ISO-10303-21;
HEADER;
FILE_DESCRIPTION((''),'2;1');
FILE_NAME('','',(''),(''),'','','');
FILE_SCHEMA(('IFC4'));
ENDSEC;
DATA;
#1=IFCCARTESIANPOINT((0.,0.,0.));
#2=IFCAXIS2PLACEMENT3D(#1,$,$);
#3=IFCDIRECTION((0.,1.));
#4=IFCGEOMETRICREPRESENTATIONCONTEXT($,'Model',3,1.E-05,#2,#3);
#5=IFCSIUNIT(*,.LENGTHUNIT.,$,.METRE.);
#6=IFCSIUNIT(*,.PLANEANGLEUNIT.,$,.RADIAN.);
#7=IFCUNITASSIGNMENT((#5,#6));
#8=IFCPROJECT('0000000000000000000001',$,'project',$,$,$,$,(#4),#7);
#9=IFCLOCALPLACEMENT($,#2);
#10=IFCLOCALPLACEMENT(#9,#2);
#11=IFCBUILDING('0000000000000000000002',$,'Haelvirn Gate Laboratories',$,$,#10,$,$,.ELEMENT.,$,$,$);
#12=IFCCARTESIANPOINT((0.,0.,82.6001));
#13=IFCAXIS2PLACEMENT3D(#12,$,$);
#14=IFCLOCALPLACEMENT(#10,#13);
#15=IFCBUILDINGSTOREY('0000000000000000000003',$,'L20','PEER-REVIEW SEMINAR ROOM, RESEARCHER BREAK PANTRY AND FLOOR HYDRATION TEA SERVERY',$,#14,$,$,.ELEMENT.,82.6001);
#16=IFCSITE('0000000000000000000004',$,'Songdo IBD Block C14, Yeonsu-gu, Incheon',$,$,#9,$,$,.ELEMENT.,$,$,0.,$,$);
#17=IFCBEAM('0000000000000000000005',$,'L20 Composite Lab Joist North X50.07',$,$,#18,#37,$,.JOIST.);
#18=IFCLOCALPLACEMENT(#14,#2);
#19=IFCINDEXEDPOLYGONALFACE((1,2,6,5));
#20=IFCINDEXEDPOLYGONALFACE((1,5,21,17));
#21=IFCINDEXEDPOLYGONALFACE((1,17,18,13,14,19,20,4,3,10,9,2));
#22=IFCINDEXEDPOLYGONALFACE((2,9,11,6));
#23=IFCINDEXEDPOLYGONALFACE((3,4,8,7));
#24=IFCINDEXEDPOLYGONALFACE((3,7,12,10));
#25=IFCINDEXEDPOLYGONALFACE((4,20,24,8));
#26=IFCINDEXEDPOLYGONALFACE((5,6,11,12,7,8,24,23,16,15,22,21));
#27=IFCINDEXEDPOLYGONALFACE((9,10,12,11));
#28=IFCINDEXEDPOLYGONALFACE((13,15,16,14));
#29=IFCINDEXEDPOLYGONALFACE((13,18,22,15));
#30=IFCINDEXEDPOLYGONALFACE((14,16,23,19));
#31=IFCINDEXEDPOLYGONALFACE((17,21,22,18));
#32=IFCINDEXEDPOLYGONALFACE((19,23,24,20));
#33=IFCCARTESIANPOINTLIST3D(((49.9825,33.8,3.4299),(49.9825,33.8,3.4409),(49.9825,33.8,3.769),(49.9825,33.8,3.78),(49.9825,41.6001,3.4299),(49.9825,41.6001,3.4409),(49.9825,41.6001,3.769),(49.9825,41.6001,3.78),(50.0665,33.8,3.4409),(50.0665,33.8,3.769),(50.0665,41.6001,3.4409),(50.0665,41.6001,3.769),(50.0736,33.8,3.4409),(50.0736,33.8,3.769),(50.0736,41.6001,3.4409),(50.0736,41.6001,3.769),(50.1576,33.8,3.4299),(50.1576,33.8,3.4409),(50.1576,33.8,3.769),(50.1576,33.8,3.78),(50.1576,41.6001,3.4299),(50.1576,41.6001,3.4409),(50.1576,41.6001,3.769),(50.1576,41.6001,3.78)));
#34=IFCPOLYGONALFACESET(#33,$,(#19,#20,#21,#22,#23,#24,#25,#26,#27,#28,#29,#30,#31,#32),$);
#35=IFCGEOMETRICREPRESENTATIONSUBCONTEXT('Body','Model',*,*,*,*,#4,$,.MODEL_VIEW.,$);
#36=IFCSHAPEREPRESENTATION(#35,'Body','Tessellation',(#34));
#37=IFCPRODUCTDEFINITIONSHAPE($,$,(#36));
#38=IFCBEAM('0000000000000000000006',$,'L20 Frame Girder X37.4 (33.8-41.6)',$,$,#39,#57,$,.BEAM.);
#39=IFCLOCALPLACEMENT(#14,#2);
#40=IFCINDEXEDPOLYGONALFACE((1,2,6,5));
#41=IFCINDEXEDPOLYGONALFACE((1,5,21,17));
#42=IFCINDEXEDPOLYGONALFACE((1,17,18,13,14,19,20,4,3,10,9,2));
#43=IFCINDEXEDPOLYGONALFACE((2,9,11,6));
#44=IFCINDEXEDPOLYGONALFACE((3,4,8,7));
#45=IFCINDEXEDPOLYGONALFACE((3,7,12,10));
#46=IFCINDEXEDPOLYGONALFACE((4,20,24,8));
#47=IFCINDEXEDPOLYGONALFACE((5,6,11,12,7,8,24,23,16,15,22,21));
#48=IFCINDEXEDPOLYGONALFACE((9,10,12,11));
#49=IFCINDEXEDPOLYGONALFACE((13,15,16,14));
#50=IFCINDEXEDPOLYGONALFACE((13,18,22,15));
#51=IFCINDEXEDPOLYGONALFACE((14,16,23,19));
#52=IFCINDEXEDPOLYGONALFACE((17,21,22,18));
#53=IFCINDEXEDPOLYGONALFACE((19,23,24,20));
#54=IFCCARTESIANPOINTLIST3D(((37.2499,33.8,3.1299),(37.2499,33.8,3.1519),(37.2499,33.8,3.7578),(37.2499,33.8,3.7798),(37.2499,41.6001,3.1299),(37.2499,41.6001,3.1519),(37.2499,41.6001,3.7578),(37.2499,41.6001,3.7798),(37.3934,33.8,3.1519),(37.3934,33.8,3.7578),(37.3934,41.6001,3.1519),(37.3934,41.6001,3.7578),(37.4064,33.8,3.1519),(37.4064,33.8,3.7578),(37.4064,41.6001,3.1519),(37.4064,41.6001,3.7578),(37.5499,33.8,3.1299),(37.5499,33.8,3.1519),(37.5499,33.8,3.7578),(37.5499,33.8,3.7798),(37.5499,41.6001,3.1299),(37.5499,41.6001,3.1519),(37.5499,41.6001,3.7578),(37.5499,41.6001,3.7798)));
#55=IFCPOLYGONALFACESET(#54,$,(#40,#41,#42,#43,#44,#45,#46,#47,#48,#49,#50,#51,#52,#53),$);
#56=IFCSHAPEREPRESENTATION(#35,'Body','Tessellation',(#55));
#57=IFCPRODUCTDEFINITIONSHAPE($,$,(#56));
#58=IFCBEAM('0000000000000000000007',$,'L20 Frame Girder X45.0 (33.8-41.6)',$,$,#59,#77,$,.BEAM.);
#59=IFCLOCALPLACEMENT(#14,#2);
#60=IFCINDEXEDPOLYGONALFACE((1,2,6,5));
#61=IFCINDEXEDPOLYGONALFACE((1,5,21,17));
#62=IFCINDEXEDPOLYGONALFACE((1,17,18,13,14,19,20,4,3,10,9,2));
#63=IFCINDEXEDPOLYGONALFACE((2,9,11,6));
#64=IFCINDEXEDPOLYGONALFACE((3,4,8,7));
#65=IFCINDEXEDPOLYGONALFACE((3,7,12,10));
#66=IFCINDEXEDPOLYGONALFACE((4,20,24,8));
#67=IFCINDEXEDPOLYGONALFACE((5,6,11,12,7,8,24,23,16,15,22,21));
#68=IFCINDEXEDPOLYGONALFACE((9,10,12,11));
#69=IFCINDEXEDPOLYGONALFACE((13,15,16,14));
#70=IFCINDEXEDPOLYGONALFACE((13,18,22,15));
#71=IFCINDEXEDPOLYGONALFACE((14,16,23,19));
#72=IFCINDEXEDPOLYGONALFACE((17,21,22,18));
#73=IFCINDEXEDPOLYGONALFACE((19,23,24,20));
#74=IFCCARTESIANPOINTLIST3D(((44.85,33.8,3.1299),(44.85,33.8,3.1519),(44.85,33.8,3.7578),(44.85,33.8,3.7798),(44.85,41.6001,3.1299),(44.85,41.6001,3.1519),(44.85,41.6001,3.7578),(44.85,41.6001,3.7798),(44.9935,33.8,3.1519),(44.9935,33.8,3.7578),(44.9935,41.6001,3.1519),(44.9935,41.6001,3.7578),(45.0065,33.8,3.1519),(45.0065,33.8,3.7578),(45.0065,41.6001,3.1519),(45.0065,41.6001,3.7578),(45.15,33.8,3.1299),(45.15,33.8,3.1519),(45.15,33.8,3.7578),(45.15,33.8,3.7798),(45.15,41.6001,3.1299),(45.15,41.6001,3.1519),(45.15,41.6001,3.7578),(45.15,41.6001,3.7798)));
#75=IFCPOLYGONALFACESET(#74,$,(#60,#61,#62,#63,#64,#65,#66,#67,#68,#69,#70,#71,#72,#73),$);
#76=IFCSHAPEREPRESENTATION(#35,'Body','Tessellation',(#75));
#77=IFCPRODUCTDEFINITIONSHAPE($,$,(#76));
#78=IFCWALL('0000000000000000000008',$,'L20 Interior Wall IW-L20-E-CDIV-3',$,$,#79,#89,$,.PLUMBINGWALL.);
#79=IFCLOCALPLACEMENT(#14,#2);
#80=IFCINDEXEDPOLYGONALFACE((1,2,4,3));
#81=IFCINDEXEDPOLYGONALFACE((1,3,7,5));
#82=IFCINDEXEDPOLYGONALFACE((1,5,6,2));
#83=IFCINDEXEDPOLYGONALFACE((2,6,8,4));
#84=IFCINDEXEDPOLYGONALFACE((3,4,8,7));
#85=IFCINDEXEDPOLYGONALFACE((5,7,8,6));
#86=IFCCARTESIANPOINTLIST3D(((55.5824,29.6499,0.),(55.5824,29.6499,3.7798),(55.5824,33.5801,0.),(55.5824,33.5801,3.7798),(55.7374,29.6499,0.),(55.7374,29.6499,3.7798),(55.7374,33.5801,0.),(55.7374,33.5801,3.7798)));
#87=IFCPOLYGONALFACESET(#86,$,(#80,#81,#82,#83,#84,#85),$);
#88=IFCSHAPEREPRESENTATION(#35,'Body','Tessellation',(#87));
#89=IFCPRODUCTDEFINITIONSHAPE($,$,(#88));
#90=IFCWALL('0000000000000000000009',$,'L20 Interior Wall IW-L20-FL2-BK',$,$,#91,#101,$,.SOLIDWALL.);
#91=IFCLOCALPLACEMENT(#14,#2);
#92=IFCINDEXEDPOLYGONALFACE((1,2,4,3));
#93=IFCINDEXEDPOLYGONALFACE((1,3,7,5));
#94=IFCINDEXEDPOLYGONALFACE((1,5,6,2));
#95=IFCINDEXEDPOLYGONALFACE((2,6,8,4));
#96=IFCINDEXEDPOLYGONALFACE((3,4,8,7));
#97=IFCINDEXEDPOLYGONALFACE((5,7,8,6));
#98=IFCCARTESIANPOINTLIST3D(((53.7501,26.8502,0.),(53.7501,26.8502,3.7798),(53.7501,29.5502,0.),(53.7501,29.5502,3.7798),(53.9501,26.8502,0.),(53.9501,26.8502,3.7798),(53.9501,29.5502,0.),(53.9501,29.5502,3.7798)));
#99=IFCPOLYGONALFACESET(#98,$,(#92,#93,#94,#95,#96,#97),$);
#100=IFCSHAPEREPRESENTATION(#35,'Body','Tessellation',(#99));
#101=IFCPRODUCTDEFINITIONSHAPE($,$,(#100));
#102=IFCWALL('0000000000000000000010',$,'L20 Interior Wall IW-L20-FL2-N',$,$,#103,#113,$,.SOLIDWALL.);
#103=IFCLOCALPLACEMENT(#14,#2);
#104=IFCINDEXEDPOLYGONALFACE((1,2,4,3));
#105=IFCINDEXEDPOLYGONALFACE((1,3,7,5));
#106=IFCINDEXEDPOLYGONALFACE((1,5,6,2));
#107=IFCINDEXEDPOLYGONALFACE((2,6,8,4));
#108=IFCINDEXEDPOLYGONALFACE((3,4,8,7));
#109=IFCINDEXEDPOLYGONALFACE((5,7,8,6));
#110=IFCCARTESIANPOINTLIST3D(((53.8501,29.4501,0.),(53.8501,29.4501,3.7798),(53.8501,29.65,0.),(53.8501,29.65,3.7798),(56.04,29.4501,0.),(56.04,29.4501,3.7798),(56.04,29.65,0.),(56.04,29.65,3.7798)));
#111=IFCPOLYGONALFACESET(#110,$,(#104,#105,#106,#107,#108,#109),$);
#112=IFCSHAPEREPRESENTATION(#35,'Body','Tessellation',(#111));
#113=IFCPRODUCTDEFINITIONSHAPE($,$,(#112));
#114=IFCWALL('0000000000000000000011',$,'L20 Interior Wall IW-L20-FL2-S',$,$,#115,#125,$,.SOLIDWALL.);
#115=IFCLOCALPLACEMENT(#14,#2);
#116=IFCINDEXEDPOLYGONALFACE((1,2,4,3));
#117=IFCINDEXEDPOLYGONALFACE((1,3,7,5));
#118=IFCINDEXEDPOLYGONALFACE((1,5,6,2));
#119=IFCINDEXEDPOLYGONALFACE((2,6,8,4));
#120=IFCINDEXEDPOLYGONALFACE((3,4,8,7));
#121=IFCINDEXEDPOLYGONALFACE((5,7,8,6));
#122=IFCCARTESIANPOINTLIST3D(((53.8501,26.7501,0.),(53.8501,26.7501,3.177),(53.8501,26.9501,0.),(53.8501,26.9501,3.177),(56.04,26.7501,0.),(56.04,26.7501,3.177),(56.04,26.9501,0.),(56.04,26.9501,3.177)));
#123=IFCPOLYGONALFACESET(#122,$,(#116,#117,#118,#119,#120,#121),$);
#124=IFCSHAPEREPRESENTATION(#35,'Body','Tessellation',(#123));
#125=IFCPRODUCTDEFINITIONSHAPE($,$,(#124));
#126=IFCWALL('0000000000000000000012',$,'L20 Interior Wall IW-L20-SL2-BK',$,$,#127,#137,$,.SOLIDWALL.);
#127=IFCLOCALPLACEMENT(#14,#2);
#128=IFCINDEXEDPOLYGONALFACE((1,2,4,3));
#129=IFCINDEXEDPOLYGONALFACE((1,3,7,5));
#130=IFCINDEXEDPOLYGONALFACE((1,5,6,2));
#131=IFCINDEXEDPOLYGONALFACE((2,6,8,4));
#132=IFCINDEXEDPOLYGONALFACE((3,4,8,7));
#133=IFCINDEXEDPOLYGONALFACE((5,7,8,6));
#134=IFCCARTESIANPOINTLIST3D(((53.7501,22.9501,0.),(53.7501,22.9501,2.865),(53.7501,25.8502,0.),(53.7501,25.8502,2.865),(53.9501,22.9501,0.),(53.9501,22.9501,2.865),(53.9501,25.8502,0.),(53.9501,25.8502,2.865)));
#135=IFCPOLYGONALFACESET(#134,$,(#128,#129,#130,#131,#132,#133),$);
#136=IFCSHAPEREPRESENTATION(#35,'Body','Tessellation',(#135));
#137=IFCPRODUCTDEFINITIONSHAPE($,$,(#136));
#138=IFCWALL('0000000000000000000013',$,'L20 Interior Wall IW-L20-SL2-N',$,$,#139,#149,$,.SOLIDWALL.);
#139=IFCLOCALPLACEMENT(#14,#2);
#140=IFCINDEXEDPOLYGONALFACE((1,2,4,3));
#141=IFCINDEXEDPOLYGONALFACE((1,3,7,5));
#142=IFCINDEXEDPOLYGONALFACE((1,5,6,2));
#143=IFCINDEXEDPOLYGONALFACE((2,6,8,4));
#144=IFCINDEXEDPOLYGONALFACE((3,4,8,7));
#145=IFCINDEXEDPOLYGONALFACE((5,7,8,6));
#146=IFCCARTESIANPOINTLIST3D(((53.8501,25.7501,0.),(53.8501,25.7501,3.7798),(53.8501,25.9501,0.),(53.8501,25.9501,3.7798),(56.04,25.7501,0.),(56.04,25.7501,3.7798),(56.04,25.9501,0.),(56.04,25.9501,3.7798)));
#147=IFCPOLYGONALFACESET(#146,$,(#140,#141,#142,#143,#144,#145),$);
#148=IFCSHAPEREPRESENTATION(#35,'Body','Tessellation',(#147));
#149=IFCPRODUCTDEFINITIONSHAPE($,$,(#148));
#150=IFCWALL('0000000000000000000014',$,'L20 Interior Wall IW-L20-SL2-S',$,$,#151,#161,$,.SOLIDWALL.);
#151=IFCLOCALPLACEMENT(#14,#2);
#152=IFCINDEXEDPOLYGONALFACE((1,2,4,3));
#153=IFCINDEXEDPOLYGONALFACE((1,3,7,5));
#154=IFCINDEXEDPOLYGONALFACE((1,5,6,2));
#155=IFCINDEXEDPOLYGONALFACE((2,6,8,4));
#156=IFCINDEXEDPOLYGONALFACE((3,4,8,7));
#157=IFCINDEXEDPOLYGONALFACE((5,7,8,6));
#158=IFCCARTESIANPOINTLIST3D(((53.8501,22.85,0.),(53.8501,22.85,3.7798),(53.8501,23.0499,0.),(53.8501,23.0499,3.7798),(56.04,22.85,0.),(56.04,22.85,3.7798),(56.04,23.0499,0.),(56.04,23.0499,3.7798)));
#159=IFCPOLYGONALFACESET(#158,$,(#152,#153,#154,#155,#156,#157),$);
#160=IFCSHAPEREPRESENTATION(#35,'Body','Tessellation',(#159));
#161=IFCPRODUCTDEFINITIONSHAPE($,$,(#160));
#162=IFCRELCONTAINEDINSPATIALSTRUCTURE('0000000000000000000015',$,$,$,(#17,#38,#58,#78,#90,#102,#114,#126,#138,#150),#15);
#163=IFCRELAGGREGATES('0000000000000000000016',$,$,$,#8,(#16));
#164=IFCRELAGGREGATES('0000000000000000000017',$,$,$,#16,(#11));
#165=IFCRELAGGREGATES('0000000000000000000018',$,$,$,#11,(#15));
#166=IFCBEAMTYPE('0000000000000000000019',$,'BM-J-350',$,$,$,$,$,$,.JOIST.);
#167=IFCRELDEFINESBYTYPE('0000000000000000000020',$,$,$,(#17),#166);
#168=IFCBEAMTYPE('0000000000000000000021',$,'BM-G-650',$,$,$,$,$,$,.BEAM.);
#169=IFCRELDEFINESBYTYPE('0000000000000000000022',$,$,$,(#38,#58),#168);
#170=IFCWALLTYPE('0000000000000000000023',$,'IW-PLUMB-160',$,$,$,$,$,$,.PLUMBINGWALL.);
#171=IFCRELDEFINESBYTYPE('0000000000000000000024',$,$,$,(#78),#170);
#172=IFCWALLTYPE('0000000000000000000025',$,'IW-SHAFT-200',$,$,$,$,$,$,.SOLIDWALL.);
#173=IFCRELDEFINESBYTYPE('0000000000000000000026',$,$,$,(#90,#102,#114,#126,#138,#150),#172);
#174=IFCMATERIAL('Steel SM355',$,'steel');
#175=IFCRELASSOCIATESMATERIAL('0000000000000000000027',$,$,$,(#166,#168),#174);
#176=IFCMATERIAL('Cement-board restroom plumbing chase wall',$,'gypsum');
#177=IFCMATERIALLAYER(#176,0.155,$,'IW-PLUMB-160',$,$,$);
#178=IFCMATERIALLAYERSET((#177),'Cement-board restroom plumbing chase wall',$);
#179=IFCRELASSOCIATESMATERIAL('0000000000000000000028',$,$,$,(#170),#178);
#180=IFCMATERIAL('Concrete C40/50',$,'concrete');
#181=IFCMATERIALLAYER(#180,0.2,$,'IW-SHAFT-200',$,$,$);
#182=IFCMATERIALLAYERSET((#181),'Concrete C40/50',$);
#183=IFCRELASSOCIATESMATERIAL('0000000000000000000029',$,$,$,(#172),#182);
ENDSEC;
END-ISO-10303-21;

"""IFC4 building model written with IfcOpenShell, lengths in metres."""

from ifc_helpers import new_model, si_unit, direction, frame, frame_2d, origin, origin_2d, place, context, subcontext, project, spatial, rectangle, i_section, extrude, source, transform, mapped, material, layer, layer_set, material_profile, profile_set, type_object, type_shapes, element, save


model = new_model("IFC4")

# Units and contexts
model_context = context("Model", 3, precision=1e-05, world=origin(), true_north=direction((0.0, 1.0)))
body_context = subcontext(model_context, "Body", "Model", "MODEL_VIEW")
ifc_project = project(units=[si_unit("LENGTHUNIT", "METRE"), si_unit("PLANEANGLEUNIT", "RADIAN")], contexts=[model_context])

# Site, building, storey
site_placement = place(None, origin())
site = spatial("IfcSite", under=ifc_project, at=site_placement, Name="Songdo IBD Block C14, Yeonsu-gu, Incheon", CompositionType="ELEMENT", RefElevation=0.0)
building_placement = place(site_placement, origin())
building = spatial("IfcBuilding", under=site, at=building_placement, Name="Haelvirn Gate Laboratories", CompositionType="ELEMENT")
storey_placement = place(building_placement, frame((0.0, 0.0, 82.6001)))
storey = spatial("IfcBuildingStorey", under=building, at=storey_placement, Name="L20", Description="PEER-REVIEW SEMINAR ROOM, RESEARCHER BREAK PANTRY AND FLOOR HYDRATION TEA SERVERY", CompositionType="ELEMENT", Elevation=82.6001)

# Beams
ifc_material_1 = material(Name="Steel SM355", Category="steel")
ifc_material_profile_1 = material_profile(ifc_material_1, i_section(OverallWidth=0.175, OverallDepth=0.3501, WebThickness=0.0071, FlangeThickness=0.011, at=origin_2d()), Name="H-350x175x7x11")
ifc_profile_set_1 = profile_set([ifc_material_profile_1], Name="Steel SM355")
beam_type_1 = type_object("IfcBeamType", Name="BM-J-350", PredefinedType="JOIST", material=ifc_profile_set_1)
shared_shape_1 = source(origin(), body_context, "Body", "SweptSolid", [
    extrude(i_section(OverallWidth=0.175, OverallDepth=0.3501, WebThickness=0.0071, FlangeThickness=0.011, at=origin_2d()), origin(), (0.0, 0.0, 1.0), 7.8),
])
type_shapes(beam_type_1, [shared_shape_1])
for number, where, z_axis, x_axis, name in (
    (1, (50.0701, 33.8, 3.605), (0.0, 1.0, 0.0), (-1.0, 0.0, 0.0), "L20 Composite Lab Joist North X50.07"),
):
    element("IfcBeam", number, at=place(storey_placement, frame(where, z_axis=z_axis, x_axis=x_axis)), inside=storey, type_object=beam_type_1, Name=name, PredefinedType="JOIST", context=body_context, shape_type="MappedRepresentation", body=[
        mapped(shared_shape_1, transform((0.0, 0.0, 0.0), scale=1.0)),
    ])
ifc_material_profile_2 = material_profile(ifc_material_1, i_section(OverallWidth=0.3, OverallDepth=0.6499, WebThickness=0.0129, FlangeThickness=0.022, at=origin_2d()), Name="H-650x300x13x22")
ifc_profile_set_2 = profile_set([ifc_material_profile_2], Name="Steel SM355")
beam_type_2 = type_object("IfcBeamType", Name="BM-G-650", PredefinedType="BEAM", material=ifc_profile_set_2)
shared_shape_2 = source(origin(), body_context, "Body", "SweptSolid", [
    extrude(i_section(OverallWidth=0.3, OverallDepth=0.6499, WebThickness=0.0129, FlangeThickness=0.022, at=origin_2d()), origin(), (0.0, 0.0, 1.0), 7.8),
])
type_shapes(beam_type_2, [shared_shape_2])
for number, where, z_axis, x_axis, name in (
    (2, (37.3999, 33.8, 3.4548), (0.0, 1.0, 0.0), (-1.0, 0.0, 0.0), "L20 Frame Girder X37.4 (33.8-41.6)"),
    (3, (45.0, 33.8, 3.4548), (0.0, 1.0, 0.0), (-1.0, 0.0, 0.0), "L20 Frame Girder X45.0 (33.8-41.6)"),
):
    element("IfcBeam", number, at=place(storey_placement, frame(where, z_axis=z_axis, x_axis=x_axis)), inside=storey, type_object=beam_type_2, Name=name, PredefinedType="BEAM", context=body_context, shape_type="MappedRepresentation", body=[
        mapped(shared_shape_2, transform((0.0, 0.0, 0.0), scale=1.0)),
    ])

# Walls
ifc_material_2 = material(Name="Cement-board restroom plumbing chase wall", Category="gypsum")
ifc_layer_1 = layer(ifc_material_2, 0.155, Name="IW-PLUMB-160")
ifc_layer_set_1 = layer_set([ifc_layer_1], Name="Cement-board restroom plumbing chase wall")
wall_type_1 = type_object("IfcWallType", Name="IW-PLUMB-160", PredefinedType="PLUMBINGWALL", material=ifc_layer_set_1)
wall_1_placement = place(storey_placement, frame((55.6599, 29.6499, 0.0), z_axis=(0.0, 0.0, 1.0), x_axis=(0.0, 1.0, 0.0)))
element("IfcWall", 4, at=wall_1_placement, inside=storey, type_object=wall_type_1, Name="L20 Interior Wall IW-L20-E-CDIV-3", PredefinedType="PLUMBINGWALL", context=body_context, shape_type="SweptSolid", body=[
    extrude(rectangle(XDim=3.9302, YDim=0.155, at=frame_2d((1.9651, 0.0))), origin(), (0.0, 0.0, 1.0), 3.7798),
])
ifc_material_3 = material(Name="Concrete C40/50", Category="concrete")
ifc_layer_2 = layer(ifc_material_3, 0.2, Name="IW-SHAFT-200")
ifc_layer_set_2 = layer_set([ifc_layer_2], Name="Concrete C40/50")
wall_type_2 = type_object("IfcWallType", Name="IW-SHAFT-200", PredefinedType="SOLIDWALL", material=ifc_layer_set_2)
wall_2_placement = place(storey_placement, frame((53.8501, 26.8501, 0.0), z_axis=(0.0, 0.0, 1.0), x_axis=(0.0, 1.0, 0.0)))
element("IfcWall", 5, at=wall_2_placement, inside=storey, type_object=wall_type_2, Name="L20 Interior Wall IW-L20-FL2-BK", PredefinedType="SOLIDWALL", context=body_context, shape_type="SweptSolid", body=[
    extrude(rectangle(XDim=2.7, YDim=0.2, at=frame_2d((1.3501, 0.0))), origin(), (0.0, 0.0, 1.0), 3.7798),
])
wall_3_placement = place(storey_placement, frame((53.8501, 29.55, 0.0), z_axis=(0.0, 0.0, 1.0), x_axis=(1.0, 0.0, 0.0)))
element("IfcWall", 6, at=wall_3_placement, inside=storey, type_object=wall_type_2, Name="L20 Interior Wall IW-L20-FL2-N", PredefinedType="SOLIDWALL", context=body_context, shape_type="SweptSolid", body=[
    extrude(rectangle(XDim=2.1899, YDim=0.2, at=frame_2d((1.095, 0.0))), origin(), (0.0, 0.0, 1.0), 3.7798),
])
wall_4_placement = place(storey_placement, frame((53.8501, 26.8501, 0.0), z_axis=(0.0, 0.0, 1.0), x_axis=(1.0, 0.0, 0.0)))
element("IfcWall", 7, at=wall_4_placement, inside=storey, type_object=wall_type_2, Name="L20 Interior Wall IW-L20-FL2-S", PredefinedType="SOLIDWALL", context=body_context, shape_type="SweptSolid", body=[
    extrude(rectangle(XDim=2.1899, YDim=0.2, at=frame_2d((1.095, 0.0))), origin(), (0.0, 0.0, 1.0), 3.177),
])
wall_5_placement = place(storey_placement, frame((53.8501, 22.95, 0.0), z_axis=(0.0, 0.0, 1.0), x_axis=(0.0, 1.0, 0.0)))
element("IfcWall", 8, at=wall_5_placement, inside=storey, type_object=wall_type_2, Name="L20 Interior Wall IW-L20-SL2-BK", PredefinedType="SOLIDWALL", context=body_context, shape_type="SweptSolid", body=[
    extrude(rectangle(XDim=2.9001, YDim=0.2, at=frame_2d((1.4502, 0.0))), origin(), (0.0, 0.0, 1.0), 2.865),
])
for number, where, z_axis, x_axis, name in (
    (9, (53.8501, 25.8501, 0.0), (0.0, 0.0, 1.0), (1.0, 0.0, 0.0), "L20 Interior Wall IW-L20-SL2-N"),
    (10, (53.8501, 22.95, 0.0), (0.0, 0.0, 1.0), (1.0, 0.0, 0.0), "L20 Interior Wall IW-L20-SL2-S"),
):
    element("IfcWall", number, at=place(storey_placement, frame(where, z_axis=z_axis, x_axis=x_axis)), inside=storey, type_object=wall_type_2, Name=name, PredefinedType="SOLIDWALL", context=body_context, shape_type="SweptSolid", body=[
        extrude(rectangle(XDim=2.1899, YDim=0.2, at=frame_2d((1.095, 0.0))), origin(), (0.0, 0.0, 1.0), 3.7798),
    ])

save(model, "model.ifc")
